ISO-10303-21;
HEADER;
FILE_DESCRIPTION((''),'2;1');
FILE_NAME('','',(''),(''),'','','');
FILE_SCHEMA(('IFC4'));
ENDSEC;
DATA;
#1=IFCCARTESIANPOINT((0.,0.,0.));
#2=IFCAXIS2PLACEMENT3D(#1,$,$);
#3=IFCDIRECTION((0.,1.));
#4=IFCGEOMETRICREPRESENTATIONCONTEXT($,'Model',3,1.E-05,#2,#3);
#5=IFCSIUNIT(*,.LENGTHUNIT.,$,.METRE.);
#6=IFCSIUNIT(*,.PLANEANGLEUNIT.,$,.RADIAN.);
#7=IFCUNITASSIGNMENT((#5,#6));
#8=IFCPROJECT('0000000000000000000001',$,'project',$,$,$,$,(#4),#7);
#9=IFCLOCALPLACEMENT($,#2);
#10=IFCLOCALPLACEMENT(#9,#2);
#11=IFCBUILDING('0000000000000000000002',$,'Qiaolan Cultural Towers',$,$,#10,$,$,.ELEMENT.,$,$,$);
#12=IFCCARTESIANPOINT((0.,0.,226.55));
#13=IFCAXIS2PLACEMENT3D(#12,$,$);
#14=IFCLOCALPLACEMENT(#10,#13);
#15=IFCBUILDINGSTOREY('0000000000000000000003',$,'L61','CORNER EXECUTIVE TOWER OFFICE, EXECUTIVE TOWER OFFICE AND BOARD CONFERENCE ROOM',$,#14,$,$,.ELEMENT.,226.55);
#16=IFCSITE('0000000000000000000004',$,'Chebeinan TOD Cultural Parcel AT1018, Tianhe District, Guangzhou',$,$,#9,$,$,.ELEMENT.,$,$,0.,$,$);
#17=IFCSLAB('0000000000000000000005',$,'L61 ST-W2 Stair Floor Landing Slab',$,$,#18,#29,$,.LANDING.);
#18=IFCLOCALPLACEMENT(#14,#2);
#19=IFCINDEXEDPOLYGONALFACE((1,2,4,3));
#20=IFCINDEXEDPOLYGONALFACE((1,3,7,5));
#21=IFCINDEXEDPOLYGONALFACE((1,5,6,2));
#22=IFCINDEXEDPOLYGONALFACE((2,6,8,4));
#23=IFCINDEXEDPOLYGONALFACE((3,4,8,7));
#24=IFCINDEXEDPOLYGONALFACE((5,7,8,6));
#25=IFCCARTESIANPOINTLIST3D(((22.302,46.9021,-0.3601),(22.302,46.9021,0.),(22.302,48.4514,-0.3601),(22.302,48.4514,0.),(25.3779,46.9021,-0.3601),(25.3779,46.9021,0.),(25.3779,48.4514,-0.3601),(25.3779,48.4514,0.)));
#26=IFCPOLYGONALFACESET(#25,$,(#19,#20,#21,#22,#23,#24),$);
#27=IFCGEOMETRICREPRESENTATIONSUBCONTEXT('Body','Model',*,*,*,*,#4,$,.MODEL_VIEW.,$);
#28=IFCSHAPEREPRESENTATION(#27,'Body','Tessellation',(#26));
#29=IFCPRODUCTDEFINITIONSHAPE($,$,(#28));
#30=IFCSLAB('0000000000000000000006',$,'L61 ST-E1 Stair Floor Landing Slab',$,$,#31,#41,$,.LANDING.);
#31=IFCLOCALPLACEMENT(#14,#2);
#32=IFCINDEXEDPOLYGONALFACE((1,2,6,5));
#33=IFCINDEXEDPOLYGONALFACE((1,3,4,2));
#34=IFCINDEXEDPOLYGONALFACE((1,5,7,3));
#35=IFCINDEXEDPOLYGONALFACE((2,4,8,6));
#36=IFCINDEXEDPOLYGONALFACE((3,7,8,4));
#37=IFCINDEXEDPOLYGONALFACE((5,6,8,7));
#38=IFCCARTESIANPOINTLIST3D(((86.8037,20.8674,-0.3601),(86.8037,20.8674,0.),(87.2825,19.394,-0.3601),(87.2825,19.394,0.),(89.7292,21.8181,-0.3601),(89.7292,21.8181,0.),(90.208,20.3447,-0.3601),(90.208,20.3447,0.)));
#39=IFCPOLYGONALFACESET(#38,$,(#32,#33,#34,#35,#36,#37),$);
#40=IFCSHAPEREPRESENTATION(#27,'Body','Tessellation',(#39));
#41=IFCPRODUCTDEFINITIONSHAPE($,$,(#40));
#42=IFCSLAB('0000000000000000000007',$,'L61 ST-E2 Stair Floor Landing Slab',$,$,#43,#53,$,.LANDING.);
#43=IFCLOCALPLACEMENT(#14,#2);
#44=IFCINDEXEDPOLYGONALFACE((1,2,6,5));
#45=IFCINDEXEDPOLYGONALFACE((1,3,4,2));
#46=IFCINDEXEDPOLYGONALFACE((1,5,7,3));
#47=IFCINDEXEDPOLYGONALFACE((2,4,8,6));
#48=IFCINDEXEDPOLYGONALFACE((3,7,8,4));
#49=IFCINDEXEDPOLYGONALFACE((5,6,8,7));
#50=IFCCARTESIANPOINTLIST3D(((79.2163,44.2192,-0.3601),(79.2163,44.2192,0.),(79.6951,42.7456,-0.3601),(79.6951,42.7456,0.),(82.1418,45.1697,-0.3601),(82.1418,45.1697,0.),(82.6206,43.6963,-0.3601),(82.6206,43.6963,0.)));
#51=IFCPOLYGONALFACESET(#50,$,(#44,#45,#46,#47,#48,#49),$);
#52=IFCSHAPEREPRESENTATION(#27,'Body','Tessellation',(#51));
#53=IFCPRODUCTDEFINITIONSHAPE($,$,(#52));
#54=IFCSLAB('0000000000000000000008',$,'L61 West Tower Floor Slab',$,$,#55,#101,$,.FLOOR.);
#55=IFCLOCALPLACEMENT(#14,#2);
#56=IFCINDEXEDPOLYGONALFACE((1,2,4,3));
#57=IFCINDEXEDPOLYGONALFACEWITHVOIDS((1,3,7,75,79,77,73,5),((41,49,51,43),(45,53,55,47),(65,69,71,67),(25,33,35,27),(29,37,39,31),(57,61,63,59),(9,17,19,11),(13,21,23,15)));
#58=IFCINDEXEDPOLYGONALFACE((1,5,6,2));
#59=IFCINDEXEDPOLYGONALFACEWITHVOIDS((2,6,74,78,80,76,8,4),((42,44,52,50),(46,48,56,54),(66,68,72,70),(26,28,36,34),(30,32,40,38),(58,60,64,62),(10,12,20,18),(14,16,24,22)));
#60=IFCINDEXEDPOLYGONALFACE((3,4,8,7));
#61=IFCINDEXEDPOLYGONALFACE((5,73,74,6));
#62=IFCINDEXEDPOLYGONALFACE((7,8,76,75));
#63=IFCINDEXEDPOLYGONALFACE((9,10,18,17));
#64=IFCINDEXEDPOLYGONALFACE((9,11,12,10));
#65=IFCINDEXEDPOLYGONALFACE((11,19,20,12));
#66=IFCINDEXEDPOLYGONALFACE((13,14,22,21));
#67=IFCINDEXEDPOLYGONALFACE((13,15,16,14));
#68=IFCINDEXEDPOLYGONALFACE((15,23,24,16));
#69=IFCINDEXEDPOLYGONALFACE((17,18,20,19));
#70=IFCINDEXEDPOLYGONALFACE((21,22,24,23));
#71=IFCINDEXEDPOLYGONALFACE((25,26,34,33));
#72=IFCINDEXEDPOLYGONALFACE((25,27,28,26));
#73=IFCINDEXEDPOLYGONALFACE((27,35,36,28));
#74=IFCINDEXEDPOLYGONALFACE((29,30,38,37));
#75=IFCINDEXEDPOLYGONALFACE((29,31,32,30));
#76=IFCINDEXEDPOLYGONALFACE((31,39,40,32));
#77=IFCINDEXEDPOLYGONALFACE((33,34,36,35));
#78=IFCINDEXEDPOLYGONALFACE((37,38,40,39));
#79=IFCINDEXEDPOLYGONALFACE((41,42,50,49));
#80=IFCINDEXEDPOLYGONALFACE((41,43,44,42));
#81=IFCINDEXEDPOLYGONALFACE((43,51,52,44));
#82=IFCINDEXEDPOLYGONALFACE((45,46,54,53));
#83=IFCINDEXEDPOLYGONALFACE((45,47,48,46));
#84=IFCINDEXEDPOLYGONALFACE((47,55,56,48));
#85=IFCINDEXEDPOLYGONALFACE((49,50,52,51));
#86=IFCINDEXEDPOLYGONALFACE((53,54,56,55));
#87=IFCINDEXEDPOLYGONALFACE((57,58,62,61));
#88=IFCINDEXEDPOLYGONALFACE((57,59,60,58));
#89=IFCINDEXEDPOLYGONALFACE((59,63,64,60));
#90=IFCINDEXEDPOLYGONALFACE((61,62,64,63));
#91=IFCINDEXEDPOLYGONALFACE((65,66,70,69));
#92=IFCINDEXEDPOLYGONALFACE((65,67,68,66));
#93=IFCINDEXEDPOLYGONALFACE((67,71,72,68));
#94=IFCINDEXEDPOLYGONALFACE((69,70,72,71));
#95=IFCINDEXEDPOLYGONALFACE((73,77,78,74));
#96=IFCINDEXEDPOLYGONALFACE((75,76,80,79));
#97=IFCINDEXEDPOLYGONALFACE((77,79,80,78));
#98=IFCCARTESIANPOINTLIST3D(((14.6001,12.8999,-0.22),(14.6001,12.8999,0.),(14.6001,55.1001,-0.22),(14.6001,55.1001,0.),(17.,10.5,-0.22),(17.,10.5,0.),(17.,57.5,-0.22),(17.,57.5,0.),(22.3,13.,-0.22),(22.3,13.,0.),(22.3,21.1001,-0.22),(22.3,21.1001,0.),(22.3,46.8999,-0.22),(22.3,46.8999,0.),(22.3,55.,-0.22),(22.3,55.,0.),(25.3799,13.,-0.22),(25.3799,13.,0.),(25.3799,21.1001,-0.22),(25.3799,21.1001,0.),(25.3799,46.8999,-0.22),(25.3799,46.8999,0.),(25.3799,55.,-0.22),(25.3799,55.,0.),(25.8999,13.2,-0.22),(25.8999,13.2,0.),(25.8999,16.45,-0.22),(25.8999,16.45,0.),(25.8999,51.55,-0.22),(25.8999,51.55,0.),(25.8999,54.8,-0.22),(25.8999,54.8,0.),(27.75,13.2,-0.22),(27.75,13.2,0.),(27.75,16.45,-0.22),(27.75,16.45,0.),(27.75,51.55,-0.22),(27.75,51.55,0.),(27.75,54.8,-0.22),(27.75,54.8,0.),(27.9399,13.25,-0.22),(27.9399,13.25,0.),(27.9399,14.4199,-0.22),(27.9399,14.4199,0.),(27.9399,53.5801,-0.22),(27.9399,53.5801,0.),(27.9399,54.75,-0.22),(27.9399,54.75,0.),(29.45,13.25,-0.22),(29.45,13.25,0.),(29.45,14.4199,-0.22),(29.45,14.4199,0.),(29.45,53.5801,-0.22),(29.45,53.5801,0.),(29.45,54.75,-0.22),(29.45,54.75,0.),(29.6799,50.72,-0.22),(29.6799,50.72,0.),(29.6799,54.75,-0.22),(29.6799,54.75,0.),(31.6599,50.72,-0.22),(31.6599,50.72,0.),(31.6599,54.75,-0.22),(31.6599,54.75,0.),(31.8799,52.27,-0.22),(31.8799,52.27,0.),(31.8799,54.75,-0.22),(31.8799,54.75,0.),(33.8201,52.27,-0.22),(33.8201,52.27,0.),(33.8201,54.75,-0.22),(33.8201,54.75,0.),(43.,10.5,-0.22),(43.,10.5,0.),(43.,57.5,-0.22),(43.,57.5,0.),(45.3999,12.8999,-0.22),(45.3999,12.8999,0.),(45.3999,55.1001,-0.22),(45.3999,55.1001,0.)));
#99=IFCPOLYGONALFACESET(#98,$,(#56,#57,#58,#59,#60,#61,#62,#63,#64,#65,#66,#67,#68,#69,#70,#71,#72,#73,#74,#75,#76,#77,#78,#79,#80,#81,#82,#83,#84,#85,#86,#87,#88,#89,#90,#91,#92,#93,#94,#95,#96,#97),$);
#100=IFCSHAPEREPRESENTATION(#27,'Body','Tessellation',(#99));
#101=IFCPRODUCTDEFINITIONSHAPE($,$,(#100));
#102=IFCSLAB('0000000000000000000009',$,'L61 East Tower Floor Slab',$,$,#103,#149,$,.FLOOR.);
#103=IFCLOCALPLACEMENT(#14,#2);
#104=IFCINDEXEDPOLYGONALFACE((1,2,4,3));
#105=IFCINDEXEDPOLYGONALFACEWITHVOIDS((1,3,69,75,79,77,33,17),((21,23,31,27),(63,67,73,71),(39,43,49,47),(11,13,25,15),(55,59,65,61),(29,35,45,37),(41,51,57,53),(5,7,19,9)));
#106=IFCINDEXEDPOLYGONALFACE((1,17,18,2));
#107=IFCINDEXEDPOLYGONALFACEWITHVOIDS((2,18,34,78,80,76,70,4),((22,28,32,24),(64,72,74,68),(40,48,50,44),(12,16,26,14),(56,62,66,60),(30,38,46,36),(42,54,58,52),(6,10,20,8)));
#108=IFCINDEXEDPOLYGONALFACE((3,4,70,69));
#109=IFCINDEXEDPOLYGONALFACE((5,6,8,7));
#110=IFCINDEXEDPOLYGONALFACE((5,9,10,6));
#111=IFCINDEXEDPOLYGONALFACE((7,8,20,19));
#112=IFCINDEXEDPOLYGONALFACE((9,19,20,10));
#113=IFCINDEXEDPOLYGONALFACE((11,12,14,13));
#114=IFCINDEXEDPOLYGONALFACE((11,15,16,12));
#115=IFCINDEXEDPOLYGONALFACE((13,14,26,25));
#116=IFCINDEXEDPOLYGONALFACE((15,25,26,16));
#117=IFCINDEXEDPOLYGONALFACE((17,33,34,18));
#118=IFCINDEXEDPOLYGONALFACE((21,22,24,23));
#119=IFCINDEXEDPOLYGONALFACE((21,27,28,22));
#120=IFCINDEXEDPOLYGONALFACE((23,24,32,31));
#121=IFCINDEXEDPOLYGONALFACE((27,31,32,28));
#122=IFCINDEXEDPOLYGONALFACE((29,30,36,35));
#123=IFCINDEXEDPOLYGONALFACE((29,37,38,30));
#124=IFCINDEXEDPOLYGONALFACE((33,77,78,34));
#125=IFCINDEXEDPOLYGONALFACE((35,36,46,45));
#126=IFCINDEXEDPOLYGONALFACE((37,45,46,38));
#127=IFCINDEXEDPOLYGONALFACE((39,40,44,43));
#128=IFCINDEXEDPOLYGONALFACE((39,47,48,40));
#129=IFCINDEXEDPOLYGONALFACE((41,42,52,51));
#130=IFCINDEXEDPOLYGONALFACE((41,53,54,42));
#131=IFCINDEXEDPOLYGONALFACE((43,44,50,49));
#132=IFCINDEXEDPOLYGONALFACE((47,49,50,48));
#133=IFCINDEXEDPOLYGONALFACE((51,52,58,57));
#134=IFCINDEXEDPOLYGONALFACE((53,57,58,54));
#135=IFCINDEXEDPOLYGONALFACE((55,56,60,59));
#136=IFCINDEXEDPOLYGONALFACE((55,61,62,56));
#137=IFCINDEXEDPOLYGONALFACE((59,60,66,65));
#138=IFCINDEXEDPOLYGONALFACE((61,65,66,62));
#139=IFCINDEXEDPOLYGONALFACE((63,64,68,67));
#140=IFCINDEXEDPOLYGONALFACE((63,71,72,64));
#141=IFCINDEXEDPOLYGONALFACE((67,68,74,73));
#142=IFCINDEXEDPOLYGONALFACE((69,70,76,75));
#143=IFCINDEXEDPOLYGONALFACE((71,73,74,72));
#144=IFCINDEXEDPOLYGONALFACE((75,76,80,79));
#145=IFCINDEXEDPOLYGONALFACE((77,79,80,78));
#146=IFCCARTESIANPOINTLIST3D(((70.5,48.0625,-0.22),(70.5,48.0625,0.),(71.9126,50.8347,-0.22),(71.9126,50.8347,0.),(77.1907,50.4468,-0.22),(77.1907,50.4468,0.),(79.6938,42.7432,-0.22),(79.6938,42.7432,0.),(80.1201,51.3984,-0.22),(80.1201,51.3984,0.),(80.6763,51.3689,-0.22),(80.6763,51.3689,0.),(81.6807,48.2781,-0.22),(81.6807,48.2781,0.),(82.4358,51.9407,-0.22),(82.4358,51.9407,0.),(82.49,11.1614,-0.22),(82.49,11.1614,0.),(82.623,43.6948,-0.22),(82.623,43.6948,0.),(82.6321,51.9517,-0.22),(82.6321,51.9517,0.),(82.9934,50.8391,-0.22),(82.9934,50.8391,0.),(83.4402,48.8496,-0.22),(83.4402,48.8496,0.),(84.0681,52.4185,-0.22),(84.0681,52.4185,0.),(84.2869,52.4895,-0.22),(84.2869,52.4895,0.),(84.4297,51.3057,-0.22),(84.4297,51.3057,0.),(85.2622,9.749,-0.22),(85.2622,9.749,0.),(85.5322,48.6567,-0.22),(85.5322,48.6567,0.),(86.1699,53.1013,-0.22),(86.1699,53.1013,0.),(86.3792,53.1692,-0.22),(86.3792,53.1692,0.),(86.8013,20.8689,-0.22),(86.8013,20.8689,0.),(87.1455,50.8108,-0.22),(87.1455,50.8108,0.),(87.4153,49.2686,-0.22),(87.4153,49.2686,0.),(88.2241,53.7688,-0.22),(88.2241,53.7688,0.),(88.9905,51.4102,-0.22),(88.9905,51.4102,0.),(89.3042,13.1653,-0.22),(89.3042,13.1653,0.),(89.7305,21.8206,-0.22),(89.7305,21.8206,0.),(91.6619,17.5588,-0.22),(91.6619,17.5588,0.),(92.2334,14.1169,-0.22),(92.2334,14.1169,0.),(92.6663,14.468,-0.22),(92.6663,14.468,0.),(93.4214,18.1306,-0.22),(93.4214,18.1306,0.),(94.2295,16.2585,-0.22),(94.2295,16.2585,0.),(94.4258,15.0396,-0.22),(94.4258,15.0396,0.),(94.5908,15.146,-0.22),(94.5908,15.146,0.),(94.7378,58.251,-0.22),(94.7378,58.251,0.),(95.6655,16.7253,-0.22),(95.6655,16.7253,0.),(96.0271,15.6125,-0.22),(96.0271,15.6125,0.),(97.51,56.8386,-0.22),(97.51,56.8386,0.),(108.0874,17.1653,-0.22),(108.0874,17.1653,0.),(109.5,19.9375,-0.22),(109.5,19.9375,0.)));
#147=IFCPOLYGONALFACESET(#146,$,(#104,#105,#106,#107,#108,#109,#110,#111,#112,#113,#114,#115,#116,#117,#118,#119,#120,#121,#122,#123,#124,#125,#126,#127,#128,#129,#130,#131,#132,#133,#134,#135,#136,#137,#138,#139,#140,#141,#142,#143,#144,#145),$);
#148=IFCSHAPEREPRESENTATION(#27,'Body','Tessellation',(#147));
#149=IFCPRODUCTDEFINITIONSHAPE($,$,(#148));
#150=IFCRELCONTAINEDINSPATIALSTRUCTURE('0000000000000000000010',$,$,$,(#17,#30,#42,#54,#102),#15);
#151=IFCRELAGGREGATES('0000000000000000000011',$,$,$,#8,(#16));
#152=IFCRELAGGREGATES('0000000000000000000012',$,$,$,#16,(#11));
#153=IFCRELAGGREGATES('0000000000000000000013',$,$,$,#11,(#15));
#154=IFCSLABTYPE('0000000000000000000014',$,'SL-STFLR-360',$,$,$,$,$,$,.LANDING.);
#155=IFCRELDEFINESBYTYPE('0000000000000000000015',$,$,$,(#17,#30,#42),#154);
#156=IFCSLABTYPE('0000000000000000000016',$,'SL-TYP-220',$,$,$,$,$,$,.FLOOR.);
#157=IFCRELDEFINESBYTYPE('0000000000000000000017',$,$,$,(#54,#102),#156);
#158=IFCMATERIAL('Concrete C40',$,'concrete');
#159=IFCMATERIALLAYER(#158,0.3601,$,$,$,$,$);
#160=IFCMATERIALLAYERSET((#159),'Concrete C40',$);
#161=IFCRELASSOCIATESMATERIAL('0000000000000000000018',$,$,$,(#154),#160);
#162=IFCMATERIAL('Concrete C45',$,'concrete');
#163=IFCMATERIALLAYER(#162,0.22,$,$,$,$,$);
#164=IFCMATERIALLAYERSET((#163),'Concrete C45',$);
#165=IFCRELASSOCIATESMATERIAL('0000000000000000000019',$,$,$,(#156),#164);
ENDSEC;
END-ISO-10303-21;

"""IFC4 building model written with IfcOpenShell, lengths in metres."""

from ifc_helpers import new_model, si_unit, direction, frame, origin, place, context, subcontext, project, spatial, polyline, outline, extrude, material, layer, layer_set, type_object, element, save


model = new_model("IFC4")

# Units and contexts
model_context = context("Model", 3, precision=1e-05, world=origin(), true_north=direction((0.0, 1.0)))
body_context = subcontext(model_context, "Body", "Model", "MODEL_VIEW")
ifc_project = project(units=[si_unit("LENGTHUNIT", "METRE"), si_unit("PLANEANGLEUNIT", "RADIAN")], contexts=[model_context])

# Site, building, storey
site_placement = place(None, origin())
site = spatial("IfcSite", under=ifc_project, at=site_placement, Name="Chebeinan TOD Cultural Parcel AT1018, Tianhe District, Guangzhou", CompositionType="ELEMENT", RefElevation=0.0)
building_placement = place(site_placement, origin())
building = spatial("IfcBuilding", under=site, at=building_placement, Name="Qiaolan Cultural Towers", CompositionType="ELEMENT")
storey_placement = place(building_placement, frame((0.0, 0.0, 226.55)))
storey = spatial("IfcBuildingStorey", under=building, at=storey_placement, Name="L61", Description="CORNER EXECUTIVE TOWER OFFICE, EXECUTIVE TOWER OFFICE AND BOARD CONFERENCE ROOM", CompositionType="ELEMENT", Elevation=226.55)

# Slabs
ifc_material_1 = material(Name="Concrete C40", Category="concrete")
ifc_layer_1 = layer(ifc_material_1, 0.3601)
ifc_layer_set_1 = layer_set([ifc_layer_1], Name="Concrete C40")
slab_type_1 = type_object("IfcSlabType", Name="SL-STFLR-360", PredefinedType="LANDING", material=ifc_layer_set_1)
slab_1_placement = place(storey_placement, frame((0.0, 0.0, -0.3601)))
element("IfcSlab", 1, at=slab_1_placement, inside=storey, type_object=slab_type_1, Name="L61 ST-W2 Stair Floor Landing Slab", PredefinedType="LANDING", context=body_context, shape_type="SweptSolid", body=[
    extrude(outline(polyline([(25.3779, 46.9021), (25.3779, 48.4514), (22.302, 48.4514), (22.302, 46.9021), (25.3779, 46.9021)])), origin(), (0.0, 0.0, 1.0), 0.3601),
])
slab_2_placement = place(storey_placement, frame((0.0, 0.0, -0.3601)))
element("IfcSlab", 2, at=slab_2_placement, inside=storey, type_object=slab_type_1, Name="L61 ST-E1 Stair Floor Landing Slab", PredefinedType="LANDING", context=body_context, shape_type="SweptSolid", body=[
    extrude(outline(polyline([(86.8037, 20.8674), (87.2825, 19.394), (90.208, 20.3447), (89.7292, 21.8181), (86.8037, 20.8674)])), origin(), (0.0, 0.0, 1.0), 0.3601),
])
slab_3_placement = place(storey_placement, frame((0.0, 0.0, -0.3601)))
element("IfcSlab", 3, at=slab_3_placement, inside=storey, type_object=slab_type_1, Name="L61 ST-E2 Stair Floor Landing Slab", PredefinedType="LANDING", context=body_context, shape_type="SweptSolid", body=[
    extrude(outline(polyline([(82.6206, 43.6963), (82.1418, 45.1697), (79.2163, 44.2192), (79.6951, 42.7456), (82.6206, 43.6963)])), origin(), (0.0, 0.0, 1.0), 0.3601),
])
ifc_material_2 = material(Name="Concrete C45", Category="concrete")
ifc_layer_2 = layer(ifc_material_2, 0.22)
ifc_layer_set_2 = layer_set([ifc_layer_2], Name="Concrete C45")
slab_type_2 = type_object("IfcSlabType", Name="SL-TYP-220", PredefinedType="FLOOR", material=ifc_layer_set_2)
slab_4_placement = place(storey_placement, frame((0.0, 0.0, -0.22)))
element("IfcSlab", 4, at=slab_4_placement, inside=storey, type_object=slab_type_2, Name="L61 West Tower Floor Slab", PredefinedType="FLOOR", context=body_context, shape_type="SweptSolid", body=[
    extrude(outline(polyline([(17.0, 10.5), (43.0, 10.5), (45.3999, 12.8999), (45.3999, 55.1001), (43.0, 57.5), (17.0, 57.5), (14.6001, 55.1001), (14.6001, 12.8999), (17.0, 10.5)]), holes=[polyline([(22.3, 21.1001), (22.3, 13.0), (25.3799, 13.0), (25.3799, 21.1001), (22.3, 21.1001)]), polyline([(25.3799, 46.8999), (25.3799, 55.0), (22.3, 55.0), (22.3, 46.8999), (25.3799, 46.8999)]), polyline([(25.8999, 13.2), (27.75, 13.2), (27.75, 16.45), (25.8999, 16.45), (25.8999, 13.2)]), polyline([(27.9399, 13.25), (29.45, 13.25), (29.45, 14.4199), (27.9399, 14.4199), (27.9399, 13.25)]), polyline([(25.8999, 51.55), (27.75, 51.55), (27.75, 54.8), (25.8999, 54.8), (25.8999, 51.55)]), polyline([(27.9399, 53.5801), (29.45, 53.5801), (29.45, 54.75), (27.9399, 54.75), (27.9399, 53.5801)]), polyline([(31.8799, 52.27), (33.8201, 52.27), (33.8201, 54.75), (31.8799, 54.75), (31.8799, 52.27)]), polyline([(29.6799, 50.72), (31.6599, 50.72), (31.6599, 54.75), (29.6799, 54.75), (29.6799, 50.72)])]), origin(), (0.0, 0.0, 1.0), 0.22),
])
slab_5_placement = place(storey_placement, frame((0.0, 0.0, -0.22)))
element("IfcSlab", 5, at=slab_5_placement, inside=storey, type_object=slab_type_2, Name="L61 East Tower Floor Slab", PredefinedType="FLOOR", context=body_context, shape_type="SweptSolid", body=[
    extrude(outline(polyline([(85.2622, 9.749), (108.0874, 17.1653), (109.5, 19.9375), (97.51, 56.8386), (94.7378, 58.251), (71.9126, 50.8347), (70.5, 48.0625), (82.49, 11.1614), (85.2622, 9.749)]), holes=[polyline([(86.8013, 20.8689), (89.3042, 13.1653), (92.2334, 14.1169), (89.7305, 21.8206), (86.8013, 20.8689)]), polyline([(82.623, 43.6948), (80.1201, 51.3984), (77.1907, 50.4468), (79.6938, 42.7432), (82.623, 43.6948)]), polyline([(92.6663, 14.468), (94.4258, 15.0396), (93.4214, 18.1306), (91.6619, 17.5588), (92.6663, 14.468)]), polyline([(94.5908, 15.146), (96.0271, 15.6125), (95.6655, 16.7253), (94.2295, 16.2585), (94.5908, 15.146)]), polyline([(81.6807, 48.2781), (83.4402, 48.8496), (82.4358, 51.9407), (80.6763, 51.3689), (81.6807, 48.2781)]), polyline([(82.9934, 50.8391), (84.4297, 51.3057), (84.0681, 52.4185), (82.6321, 51.9517), (82.9934, 50.8391)]), polyline([(87.1455, 50.8108), (88.9905, 51.4102), (88.2241, 53.7688), (86.3792, 53.1692), (87.1455, 50.8108)]), polyline([(85.5322, 48.6567), (87.4153, 49.2686), (86.1699, 53.1013), (84.2869, 52.4895), (85.5322, 48.6567)])]), origin(), (0.0, 0.0, 1.0), 0.22),
])

save(model, "model.ifc")
